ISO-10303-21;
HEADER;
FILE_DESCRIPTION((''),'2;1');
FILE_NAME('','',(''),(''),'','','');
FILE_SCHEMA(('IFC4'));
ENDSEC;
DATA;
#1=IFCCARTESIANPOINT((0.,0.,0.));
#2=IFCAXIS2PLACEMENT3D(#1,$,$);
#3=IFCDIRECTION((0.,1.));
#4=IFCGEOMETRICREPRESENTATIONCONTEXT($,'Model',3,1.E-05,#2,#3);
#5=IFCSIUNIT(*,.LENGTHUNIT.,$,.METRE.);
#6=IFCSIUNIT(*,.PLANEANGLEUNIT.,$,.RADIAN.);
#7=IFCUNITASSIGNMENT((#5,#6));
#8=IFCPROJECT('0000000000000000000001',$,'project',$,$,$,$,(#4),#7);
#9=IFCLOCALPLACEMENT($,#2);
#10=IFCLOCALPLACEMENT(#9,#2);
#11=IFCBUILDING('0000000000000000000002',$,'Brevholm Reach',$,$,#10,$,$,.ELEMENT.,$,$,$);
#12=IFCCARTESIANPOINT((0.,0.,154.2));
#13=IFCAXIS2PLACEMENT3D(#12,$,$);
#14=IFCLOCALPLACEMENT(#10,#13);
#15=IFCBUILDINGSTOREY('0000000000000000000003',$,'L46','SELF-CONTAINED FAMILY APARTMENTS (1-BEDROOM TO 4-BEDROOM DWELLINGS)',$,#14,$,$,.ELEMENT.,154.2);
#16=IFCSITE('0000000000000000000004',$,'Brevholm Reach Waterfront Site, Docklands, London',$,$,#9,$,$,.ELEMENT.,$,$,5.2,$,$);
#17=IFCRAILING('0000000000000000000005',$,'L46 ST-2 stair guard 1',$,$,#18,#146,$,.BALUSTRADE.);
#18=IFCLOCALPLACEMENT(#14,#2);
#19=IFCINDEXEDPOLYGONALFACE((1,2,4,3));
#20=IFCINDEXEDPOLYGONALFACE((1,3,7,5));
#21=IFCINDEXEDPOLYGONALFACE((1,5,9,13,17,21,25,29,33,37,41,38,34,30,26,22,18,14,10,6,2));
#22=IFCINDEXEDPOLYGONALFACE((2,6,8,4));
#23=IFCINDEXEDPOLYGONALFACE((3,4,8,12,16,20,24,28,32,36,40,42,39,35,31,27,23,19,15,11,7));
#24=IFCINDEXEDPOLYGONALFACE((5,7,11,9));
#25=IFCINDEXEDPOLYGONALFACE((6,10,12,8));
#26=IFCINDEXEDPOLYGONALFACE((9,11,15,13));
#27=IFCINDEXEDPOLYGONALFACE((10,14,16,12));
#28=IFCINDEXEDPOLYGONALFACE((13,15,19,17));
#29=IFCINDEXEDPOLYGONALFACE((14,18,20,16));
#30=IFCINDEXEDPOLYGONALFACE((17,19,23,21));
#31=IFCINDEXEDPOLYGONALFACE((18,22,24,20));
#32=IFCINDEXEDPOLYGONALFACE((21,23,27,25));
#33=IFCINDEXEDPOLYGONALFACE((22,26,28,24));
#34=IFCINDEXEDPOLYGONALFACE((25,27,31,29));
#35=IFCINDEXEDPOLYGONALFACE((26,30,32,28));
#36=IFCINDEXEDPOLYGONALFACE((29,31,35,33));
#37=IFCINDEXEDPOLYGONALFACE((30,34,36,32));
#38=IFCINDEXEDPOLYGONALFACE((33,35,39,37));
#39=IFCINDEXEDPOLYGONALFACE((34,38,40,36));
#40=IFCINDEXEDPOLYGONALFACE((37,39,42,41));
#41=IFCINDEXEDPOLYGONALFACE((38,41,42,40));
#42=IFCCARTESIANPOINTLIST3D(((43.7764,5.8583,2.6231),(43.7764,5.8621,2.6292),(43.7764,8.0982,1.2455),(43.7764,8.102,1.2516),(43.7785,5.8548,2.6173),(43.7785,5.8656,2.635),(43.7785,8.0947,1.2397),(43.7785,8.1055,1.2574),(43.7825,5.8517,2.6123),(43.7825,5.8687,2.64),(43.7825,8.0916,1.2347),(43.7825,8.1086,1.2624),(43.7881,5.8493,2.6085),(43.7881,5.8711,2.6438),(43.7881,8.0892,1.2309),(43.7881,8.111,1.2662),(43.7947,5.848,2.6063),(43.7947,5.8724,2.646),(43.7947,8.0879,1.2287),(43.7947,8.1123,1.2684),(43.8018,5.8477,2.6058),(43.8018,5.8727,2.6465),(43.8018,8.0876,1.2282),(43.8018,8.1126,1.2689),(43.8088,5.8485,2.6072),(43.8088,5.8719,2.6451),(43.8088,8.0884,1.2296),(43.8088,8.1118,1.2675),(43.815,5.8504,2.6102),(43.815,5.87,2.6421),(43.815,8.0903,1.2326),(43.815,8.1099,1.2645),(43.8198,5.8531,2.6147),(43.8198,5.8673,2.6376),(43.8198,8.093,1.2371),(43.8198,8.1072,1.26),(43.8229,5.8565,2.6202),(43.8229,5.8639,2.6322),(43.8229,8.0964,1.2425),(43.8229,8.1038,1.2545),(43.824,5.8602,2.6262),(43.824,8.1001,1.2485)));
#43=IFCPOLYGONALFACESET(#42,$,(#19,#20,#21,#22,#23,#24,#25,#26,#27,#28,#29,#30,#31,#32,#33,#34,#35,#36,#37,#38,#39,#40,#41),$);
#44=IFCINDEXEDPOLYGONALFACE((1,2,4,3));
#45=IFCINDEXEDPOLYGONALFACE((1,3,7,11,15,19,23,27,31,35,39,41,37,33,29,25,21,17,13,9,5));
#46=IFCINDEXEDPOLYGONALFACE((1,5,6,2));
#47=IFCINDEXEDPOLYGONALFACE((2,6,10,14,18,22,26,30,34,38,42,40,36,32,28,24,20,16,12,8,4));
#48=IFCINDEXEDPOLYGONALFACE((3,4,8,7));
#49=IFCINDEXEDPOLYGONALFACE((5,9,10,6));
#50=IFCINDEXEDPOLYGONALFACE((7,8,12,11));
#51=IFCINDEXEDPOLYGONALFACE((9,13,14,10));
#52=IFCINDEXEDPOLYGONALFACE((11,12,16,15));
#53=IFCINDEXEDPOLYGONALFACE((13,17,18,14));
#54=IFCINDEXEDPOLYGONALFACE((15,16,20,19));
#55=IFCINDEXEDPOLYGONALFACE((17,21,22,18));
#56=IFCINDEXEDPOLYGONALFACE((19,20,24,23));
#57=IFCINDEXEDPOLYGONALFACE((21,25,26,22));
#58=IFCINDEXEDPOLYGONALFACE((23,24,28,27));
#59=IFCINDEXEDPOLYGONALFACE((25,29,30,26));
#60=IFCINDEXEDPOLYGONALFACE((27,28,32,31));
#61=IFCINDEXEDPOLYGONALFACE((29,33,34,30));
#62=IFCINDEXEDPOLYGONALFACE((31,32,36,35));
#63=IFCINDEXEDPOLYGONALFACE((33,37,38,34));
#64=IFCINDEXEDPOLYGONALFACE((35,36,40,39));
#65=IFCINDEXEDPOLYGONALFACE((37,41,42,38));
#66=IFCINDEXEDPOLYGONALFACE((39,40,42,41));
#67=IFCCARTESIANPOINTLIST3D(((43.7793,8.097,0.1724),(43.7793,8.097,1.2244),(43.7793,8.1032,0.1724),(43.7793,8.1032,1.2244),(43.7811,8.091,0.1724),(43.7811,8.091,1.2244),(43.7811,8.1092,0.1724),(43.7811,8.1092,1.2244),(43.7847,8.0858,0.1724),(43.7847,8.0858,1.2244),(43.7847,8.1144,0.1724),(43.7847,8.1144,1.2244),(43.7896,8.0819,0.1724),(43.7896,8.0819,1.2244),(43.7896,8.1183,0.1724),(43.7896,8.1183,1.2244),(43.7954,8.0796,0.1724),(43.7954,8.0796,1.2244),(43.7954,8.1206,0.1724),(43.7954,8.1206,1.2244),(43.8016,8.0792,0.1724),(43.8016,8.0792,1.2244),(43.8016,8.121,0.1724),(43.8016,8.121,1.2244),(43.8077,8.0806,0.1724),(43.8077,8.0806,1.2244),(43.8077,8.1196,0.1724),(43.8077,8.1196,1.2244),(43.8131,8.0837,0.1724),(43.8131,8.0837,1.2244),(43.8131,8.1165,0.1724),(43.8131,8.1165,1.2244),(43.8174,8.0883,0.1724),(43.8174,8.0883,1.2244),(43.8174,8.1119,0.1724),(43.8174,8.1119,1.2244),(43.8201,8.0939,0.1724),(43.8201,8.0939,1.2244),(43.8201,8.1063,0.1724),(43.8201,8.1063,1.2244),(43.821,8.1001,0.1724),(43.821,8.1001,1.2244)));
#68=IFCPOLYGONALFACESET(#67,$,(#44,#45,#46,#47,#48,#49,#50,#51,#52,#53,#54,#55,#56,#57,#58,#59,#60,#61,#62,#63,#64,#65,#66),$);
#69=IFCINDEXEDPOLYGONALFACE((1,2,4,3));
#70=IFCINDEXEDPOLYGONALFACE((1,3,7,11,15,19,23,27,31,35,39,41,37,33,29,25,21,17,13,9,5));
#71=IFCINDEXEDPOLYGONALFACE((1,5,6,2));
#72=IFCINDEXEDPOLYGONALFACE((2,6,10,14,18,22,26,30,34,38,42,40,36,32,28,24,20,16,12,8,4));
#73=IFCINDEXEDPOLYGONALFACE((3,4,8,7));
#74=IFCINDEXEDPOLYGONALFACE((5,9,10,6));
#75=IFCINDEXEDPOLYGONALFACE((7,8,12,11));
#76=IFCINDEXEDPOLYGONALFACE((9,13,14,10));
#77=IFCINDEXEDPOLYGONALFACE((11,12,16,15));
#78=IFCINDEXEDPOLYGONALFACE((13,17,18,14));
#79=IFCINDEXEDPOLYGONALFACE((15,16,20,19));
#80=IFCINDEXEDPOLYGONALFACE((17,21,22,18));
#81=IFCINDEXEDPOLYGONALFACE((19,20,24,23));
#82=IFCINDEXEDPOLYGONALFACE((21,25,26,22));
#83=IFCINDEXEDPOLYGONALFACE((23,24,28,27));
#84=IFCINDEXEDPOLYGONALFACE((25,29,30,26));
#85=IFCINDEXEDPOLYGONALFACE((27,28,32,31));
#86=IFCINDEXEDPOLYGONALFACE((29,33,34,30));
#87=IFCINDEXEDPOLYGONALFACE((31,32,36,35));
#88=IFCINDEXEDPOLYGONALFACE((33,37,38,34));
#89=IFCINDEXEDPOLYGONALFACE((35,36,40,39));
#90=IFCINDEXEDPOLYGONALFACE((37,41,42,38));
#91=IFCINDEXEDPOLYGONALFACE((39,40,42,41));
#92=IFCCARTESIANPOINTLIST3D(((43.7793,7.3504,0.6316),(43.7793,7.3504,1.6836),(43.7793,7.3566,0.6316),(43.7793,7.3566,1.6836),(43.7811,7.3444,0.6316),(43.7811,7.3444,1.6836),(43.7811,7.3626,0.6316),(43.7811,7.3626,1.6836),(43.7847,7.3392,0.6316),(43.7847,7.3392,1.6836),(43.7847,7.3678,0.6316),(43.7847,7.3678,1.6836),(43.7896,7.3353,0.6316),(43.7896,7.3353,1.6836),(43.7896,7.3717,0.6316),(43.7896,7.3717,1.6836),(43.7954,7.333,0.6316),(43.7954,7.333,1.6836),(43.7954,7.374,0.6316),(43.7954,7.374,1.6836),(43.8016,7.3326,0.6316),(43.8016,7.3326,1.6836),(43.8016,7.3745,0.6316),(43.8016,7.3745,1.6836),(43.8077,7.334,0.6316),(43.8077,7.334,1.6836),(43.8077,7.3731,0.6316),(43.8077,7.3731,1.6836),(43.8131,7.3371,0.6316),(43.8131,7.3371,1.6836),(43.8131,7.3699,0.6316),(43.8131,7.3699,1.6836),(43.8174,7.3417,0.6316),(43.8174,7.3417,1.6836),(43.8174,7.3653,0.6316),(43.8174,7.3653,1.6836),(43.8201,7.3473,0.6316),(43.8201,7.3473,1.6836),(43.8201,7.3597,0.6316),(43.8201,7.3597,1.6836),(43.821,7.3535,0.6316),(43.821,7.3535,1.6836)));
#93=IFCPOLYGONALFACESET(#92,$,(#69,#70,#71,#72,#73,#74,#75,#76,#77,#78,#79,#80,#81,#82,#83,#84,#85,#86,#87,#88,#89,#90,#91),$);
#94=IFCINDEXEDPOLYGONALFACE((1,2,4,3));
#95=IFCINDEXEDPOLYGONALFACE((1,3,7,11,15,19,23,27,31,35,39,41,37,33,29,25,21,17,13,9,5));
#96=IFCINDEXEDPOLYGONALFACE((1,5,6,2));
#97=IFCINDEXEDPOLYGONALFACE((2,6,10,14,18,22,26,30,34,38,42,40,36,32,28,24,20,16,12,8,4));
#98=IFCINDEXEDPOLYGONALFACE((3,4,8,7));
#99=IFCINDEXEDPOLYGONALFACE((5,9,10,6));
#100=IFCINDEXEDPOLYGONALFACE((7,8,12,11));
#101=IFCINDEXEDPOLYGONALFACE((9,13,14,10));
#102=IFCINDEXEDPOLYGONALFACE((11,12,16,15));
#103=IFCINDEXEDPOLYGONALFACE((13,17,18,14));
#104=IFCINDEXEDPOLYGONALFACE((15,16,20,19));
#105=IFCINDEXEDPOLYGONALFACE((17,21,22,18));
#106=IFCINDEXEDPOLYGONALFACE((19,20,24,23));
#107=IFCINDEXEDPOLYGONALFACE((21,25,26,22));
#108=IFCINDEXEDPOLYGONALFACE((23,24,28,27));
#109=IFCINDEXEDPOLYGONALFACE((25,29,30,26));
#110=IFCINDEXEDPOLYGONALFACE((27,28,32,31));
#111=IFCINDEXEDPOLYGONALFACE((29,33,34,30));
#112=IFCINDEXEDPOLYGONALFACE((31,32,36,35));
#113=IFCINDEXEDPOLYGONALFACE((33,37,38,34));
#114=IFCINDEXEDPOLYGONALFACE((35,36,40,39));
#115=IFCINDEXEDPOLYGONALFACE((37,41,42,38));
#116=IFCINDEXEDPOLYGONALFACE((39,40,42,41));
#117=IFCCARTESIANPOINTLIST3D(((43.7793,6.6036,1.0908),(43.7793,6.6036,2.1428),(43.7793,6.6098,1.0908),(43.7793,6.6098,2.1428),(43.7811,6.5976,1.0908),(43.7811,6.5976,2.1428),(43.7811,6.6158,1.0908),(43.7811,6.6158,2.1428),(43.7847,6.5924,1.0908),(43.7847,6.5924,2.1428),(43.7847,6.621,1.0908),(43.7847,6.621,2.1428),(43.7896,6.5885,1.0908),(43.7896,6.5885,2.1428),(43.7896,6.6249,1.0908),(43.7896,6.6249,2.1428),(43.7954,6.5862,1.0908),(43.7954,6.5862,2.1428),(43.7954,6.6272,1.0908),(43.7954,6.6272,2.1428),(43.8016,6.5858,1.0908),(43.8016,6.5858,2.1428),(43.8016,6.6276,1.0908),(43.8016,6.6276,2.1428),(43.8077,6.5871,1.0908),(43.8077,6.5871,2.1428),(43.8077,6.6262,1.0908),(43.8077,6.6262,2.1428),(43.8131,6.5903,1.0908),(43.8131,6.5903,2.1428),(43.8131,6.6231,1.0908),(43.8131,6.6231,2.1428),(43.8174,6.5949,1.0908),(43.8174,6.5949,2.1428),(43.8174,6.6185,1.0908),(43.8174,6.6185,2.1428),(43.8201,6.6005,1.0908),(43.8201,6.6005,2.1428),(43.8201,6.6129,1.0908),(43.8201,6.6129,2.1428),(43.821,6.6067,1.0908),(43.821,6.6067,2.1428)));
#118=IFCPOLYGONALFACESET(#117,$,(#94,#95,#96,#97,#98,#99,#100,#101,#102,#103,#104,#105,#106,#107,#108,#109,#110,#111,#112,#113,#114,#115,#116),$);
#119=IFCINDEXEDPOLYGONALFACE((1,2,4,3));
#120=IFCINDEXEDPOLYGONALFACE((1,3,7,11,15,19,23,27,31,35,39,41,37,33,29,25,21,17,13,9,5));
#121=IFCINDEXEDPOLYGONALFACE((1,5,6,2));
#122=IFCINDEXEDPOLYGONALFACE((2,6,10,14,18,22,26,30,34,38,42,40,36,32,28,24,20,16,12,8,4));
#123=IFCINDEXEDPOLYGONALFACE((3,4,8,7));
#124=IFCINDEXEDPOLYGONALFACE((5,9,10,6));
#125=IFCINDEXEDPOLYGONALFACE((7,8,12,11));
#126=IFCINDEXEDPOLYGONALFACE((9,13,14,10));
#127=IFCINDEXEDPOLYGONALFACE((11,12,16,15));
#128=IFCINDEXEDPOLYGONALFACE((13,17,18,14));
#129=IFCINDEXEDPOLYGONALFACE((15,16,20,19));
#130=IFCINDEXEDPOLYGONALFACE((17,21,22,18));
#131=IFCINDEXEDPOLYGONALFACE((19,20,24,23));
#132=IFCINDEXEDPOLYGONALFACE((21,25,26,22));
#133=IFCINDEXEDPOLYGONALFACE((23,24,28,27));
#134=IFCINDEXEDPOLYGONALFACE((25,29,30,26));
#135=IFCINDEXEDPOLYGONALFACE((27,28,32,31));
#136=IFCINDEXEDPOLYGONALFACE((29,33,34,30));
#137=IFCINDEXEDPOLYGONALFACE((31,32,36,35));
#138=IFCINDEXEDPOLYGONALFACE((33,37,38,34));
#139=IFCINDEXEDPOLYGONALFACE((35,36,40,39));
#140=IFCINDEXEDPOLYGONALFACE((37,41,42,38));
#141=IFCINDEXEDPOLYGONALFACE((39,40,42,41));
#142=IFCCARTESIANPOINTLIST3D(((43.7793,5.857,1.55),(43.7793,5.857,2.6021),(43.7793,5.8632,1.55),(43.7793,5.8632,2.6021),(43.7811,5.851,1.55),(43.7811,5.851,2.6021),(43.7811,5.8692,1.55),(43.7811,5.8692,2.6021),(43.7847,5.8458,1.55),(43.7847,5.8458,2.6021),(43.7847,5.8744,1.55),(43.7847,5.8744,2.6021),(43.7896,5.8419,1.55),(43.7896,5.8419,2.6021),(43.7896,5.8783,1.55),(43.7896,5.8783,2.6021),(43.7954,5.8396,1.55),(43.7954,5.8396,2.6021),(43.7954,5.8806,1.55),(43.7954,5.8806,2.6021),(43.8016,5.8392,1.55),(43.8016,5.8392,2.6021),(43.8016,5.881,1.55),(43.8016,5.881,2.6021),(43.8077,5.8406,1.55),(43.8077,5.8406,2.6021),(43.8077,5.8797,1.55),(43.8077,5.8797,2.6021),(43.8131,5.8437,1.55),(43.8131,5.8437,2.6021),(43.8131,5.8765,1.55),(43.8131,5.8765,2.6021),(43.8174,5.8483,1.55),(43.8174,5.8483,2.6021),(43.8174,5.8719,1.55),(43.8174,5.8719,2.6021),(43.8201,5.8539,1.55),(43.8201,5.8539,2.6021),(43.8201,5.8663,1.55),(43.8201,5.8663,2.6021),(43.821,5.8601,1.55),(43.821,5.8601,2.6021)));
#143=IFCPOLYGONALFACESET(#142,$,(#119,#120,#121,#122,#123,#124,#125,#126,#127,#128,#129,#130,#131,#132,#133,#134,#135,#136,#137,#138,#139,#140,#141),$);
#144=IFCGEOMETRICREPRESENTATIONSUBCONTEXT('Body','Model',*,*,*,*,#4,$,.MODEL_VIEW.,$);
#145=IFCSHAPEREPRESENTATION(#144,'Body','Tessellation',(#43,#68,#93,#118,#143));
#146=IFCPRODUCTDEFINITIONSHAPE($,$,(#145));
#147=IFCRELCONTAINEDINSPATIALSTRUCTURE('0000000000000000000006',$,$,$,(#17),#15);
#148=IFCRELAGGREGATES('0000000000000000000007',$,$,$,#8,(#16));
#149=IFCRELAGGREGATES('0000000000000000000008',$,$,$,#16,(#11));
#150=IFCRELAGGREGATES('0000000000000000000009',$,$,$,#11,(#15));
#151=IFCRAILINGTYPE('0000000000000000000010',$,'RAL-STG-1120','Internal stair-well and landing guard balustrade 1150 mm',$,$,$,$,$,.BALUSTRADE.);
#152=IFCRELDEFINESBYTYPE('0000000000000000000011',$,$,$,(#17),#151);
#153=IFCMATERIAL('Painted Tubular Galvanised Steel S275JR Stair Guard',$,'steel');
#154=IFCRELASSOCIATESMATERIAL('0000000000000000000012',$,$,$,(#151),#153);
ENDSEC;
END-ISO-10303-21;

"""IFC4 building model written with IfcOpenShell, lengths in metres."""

from ifc_helpers import new_model, si_unit, direction, frame, origin, origin_2d, place, context, subcontext, project, spatial, circle, extrude, material, type_object, element, save


model = new_model("IFC4")

# Units and contexts
model_context = context("Model", 3, precision=1e-05, world=origin(), true_north=direction((0.0, 1.0)))
body_context = subcontext(model_context, "Body", "Model", "MODEL_VIEW")
ifc_project = project(units=[si_unit("LENGTHUNIT", "METRE"), si_unit("PLANEANGLEUNIT", "RADIAN")], contexts=[model_context])

# Site, building, storey
site_placement = place(None, origin())
site = spatial("IfcSite", under=ifc_project, at=site_placement, Name="Brevholm Reach Waterfront Site, Docklands, London", CompositionType="ELEMENT", RefElevation=5.2)
building_placement = place(site_placement, origin())
building = spatial("IfcBuilding", under=site, at=building_placement, Name="Brevholm Reach", CompositionType="ELEMENT")
storey_placement = place(building_placement, frame((0.0, 0.0, 154.2)))
storey = spatial("IfcBuildingStorey", under=building, at=storey_placement, Name="L46", Description="SELF-CONTAINED FAMILY APARTMENTS (1-BEDROOM TO 4-BEDROOM DWELLINGS)", CompositionType="ELEMENT", Elevation=154.2)

# Railing
ifc_material_1 = material(Name="Painted Tubular Galvanised Steel S275JR Stair Guard", Category="steel")
railing_type_1 = type_object("IfcRailingType", Name="RAL-STG-1120", Description="Internal stair-well and landing guard balustrade 1150 mm", PredefinedType="BALUSTRADE", material=ifc_material_1)
railing_1_placement = place(storey_placement, frame((43.8, 8.1001, 0.1724)))
element("IfcRailing", 1, at=railing_1_placement, inside=storey, type_object=railing_type_1, Name="L46 ST-2 stair guard 1", PredefinedType="BALUSTRADE", context=body_context, shape_type="SweptSolid", body=[
    extrude(circle(Radius=0.0239, at=origin_2d()), frame((0.0, 0.0, 1.0762), z_axis=(0.0, -0.851789, 0.523885), x_axis=(1.0, 0.0, 0.0)), (0.0, 0.0, 1.0), 2.6296),
    extrude(circle(Radius=0.021, at=origin_2d()), origin(), (0.0, 0.0, 1.0), 1.052),
    extrude(circle(Radius=0.021, at=origin_2d()), frame((0.0, -0.7466, 0.4592)), (0.0, 0.0, 1.0), 1.052),
    extrude(circle(Radius=0.021, at=origin_2d()), frame((0.0, -1.4934, 0.9185)), (0.0, 0.0, 1.0), 1.052),
    extrude(circle(Radius=0.021, at=origin_2d()), frame((0.0, -2.24, 1.3777)), (0.0, 0.0, 1.0), 1.052),
])

save(model, "model.ifc")
